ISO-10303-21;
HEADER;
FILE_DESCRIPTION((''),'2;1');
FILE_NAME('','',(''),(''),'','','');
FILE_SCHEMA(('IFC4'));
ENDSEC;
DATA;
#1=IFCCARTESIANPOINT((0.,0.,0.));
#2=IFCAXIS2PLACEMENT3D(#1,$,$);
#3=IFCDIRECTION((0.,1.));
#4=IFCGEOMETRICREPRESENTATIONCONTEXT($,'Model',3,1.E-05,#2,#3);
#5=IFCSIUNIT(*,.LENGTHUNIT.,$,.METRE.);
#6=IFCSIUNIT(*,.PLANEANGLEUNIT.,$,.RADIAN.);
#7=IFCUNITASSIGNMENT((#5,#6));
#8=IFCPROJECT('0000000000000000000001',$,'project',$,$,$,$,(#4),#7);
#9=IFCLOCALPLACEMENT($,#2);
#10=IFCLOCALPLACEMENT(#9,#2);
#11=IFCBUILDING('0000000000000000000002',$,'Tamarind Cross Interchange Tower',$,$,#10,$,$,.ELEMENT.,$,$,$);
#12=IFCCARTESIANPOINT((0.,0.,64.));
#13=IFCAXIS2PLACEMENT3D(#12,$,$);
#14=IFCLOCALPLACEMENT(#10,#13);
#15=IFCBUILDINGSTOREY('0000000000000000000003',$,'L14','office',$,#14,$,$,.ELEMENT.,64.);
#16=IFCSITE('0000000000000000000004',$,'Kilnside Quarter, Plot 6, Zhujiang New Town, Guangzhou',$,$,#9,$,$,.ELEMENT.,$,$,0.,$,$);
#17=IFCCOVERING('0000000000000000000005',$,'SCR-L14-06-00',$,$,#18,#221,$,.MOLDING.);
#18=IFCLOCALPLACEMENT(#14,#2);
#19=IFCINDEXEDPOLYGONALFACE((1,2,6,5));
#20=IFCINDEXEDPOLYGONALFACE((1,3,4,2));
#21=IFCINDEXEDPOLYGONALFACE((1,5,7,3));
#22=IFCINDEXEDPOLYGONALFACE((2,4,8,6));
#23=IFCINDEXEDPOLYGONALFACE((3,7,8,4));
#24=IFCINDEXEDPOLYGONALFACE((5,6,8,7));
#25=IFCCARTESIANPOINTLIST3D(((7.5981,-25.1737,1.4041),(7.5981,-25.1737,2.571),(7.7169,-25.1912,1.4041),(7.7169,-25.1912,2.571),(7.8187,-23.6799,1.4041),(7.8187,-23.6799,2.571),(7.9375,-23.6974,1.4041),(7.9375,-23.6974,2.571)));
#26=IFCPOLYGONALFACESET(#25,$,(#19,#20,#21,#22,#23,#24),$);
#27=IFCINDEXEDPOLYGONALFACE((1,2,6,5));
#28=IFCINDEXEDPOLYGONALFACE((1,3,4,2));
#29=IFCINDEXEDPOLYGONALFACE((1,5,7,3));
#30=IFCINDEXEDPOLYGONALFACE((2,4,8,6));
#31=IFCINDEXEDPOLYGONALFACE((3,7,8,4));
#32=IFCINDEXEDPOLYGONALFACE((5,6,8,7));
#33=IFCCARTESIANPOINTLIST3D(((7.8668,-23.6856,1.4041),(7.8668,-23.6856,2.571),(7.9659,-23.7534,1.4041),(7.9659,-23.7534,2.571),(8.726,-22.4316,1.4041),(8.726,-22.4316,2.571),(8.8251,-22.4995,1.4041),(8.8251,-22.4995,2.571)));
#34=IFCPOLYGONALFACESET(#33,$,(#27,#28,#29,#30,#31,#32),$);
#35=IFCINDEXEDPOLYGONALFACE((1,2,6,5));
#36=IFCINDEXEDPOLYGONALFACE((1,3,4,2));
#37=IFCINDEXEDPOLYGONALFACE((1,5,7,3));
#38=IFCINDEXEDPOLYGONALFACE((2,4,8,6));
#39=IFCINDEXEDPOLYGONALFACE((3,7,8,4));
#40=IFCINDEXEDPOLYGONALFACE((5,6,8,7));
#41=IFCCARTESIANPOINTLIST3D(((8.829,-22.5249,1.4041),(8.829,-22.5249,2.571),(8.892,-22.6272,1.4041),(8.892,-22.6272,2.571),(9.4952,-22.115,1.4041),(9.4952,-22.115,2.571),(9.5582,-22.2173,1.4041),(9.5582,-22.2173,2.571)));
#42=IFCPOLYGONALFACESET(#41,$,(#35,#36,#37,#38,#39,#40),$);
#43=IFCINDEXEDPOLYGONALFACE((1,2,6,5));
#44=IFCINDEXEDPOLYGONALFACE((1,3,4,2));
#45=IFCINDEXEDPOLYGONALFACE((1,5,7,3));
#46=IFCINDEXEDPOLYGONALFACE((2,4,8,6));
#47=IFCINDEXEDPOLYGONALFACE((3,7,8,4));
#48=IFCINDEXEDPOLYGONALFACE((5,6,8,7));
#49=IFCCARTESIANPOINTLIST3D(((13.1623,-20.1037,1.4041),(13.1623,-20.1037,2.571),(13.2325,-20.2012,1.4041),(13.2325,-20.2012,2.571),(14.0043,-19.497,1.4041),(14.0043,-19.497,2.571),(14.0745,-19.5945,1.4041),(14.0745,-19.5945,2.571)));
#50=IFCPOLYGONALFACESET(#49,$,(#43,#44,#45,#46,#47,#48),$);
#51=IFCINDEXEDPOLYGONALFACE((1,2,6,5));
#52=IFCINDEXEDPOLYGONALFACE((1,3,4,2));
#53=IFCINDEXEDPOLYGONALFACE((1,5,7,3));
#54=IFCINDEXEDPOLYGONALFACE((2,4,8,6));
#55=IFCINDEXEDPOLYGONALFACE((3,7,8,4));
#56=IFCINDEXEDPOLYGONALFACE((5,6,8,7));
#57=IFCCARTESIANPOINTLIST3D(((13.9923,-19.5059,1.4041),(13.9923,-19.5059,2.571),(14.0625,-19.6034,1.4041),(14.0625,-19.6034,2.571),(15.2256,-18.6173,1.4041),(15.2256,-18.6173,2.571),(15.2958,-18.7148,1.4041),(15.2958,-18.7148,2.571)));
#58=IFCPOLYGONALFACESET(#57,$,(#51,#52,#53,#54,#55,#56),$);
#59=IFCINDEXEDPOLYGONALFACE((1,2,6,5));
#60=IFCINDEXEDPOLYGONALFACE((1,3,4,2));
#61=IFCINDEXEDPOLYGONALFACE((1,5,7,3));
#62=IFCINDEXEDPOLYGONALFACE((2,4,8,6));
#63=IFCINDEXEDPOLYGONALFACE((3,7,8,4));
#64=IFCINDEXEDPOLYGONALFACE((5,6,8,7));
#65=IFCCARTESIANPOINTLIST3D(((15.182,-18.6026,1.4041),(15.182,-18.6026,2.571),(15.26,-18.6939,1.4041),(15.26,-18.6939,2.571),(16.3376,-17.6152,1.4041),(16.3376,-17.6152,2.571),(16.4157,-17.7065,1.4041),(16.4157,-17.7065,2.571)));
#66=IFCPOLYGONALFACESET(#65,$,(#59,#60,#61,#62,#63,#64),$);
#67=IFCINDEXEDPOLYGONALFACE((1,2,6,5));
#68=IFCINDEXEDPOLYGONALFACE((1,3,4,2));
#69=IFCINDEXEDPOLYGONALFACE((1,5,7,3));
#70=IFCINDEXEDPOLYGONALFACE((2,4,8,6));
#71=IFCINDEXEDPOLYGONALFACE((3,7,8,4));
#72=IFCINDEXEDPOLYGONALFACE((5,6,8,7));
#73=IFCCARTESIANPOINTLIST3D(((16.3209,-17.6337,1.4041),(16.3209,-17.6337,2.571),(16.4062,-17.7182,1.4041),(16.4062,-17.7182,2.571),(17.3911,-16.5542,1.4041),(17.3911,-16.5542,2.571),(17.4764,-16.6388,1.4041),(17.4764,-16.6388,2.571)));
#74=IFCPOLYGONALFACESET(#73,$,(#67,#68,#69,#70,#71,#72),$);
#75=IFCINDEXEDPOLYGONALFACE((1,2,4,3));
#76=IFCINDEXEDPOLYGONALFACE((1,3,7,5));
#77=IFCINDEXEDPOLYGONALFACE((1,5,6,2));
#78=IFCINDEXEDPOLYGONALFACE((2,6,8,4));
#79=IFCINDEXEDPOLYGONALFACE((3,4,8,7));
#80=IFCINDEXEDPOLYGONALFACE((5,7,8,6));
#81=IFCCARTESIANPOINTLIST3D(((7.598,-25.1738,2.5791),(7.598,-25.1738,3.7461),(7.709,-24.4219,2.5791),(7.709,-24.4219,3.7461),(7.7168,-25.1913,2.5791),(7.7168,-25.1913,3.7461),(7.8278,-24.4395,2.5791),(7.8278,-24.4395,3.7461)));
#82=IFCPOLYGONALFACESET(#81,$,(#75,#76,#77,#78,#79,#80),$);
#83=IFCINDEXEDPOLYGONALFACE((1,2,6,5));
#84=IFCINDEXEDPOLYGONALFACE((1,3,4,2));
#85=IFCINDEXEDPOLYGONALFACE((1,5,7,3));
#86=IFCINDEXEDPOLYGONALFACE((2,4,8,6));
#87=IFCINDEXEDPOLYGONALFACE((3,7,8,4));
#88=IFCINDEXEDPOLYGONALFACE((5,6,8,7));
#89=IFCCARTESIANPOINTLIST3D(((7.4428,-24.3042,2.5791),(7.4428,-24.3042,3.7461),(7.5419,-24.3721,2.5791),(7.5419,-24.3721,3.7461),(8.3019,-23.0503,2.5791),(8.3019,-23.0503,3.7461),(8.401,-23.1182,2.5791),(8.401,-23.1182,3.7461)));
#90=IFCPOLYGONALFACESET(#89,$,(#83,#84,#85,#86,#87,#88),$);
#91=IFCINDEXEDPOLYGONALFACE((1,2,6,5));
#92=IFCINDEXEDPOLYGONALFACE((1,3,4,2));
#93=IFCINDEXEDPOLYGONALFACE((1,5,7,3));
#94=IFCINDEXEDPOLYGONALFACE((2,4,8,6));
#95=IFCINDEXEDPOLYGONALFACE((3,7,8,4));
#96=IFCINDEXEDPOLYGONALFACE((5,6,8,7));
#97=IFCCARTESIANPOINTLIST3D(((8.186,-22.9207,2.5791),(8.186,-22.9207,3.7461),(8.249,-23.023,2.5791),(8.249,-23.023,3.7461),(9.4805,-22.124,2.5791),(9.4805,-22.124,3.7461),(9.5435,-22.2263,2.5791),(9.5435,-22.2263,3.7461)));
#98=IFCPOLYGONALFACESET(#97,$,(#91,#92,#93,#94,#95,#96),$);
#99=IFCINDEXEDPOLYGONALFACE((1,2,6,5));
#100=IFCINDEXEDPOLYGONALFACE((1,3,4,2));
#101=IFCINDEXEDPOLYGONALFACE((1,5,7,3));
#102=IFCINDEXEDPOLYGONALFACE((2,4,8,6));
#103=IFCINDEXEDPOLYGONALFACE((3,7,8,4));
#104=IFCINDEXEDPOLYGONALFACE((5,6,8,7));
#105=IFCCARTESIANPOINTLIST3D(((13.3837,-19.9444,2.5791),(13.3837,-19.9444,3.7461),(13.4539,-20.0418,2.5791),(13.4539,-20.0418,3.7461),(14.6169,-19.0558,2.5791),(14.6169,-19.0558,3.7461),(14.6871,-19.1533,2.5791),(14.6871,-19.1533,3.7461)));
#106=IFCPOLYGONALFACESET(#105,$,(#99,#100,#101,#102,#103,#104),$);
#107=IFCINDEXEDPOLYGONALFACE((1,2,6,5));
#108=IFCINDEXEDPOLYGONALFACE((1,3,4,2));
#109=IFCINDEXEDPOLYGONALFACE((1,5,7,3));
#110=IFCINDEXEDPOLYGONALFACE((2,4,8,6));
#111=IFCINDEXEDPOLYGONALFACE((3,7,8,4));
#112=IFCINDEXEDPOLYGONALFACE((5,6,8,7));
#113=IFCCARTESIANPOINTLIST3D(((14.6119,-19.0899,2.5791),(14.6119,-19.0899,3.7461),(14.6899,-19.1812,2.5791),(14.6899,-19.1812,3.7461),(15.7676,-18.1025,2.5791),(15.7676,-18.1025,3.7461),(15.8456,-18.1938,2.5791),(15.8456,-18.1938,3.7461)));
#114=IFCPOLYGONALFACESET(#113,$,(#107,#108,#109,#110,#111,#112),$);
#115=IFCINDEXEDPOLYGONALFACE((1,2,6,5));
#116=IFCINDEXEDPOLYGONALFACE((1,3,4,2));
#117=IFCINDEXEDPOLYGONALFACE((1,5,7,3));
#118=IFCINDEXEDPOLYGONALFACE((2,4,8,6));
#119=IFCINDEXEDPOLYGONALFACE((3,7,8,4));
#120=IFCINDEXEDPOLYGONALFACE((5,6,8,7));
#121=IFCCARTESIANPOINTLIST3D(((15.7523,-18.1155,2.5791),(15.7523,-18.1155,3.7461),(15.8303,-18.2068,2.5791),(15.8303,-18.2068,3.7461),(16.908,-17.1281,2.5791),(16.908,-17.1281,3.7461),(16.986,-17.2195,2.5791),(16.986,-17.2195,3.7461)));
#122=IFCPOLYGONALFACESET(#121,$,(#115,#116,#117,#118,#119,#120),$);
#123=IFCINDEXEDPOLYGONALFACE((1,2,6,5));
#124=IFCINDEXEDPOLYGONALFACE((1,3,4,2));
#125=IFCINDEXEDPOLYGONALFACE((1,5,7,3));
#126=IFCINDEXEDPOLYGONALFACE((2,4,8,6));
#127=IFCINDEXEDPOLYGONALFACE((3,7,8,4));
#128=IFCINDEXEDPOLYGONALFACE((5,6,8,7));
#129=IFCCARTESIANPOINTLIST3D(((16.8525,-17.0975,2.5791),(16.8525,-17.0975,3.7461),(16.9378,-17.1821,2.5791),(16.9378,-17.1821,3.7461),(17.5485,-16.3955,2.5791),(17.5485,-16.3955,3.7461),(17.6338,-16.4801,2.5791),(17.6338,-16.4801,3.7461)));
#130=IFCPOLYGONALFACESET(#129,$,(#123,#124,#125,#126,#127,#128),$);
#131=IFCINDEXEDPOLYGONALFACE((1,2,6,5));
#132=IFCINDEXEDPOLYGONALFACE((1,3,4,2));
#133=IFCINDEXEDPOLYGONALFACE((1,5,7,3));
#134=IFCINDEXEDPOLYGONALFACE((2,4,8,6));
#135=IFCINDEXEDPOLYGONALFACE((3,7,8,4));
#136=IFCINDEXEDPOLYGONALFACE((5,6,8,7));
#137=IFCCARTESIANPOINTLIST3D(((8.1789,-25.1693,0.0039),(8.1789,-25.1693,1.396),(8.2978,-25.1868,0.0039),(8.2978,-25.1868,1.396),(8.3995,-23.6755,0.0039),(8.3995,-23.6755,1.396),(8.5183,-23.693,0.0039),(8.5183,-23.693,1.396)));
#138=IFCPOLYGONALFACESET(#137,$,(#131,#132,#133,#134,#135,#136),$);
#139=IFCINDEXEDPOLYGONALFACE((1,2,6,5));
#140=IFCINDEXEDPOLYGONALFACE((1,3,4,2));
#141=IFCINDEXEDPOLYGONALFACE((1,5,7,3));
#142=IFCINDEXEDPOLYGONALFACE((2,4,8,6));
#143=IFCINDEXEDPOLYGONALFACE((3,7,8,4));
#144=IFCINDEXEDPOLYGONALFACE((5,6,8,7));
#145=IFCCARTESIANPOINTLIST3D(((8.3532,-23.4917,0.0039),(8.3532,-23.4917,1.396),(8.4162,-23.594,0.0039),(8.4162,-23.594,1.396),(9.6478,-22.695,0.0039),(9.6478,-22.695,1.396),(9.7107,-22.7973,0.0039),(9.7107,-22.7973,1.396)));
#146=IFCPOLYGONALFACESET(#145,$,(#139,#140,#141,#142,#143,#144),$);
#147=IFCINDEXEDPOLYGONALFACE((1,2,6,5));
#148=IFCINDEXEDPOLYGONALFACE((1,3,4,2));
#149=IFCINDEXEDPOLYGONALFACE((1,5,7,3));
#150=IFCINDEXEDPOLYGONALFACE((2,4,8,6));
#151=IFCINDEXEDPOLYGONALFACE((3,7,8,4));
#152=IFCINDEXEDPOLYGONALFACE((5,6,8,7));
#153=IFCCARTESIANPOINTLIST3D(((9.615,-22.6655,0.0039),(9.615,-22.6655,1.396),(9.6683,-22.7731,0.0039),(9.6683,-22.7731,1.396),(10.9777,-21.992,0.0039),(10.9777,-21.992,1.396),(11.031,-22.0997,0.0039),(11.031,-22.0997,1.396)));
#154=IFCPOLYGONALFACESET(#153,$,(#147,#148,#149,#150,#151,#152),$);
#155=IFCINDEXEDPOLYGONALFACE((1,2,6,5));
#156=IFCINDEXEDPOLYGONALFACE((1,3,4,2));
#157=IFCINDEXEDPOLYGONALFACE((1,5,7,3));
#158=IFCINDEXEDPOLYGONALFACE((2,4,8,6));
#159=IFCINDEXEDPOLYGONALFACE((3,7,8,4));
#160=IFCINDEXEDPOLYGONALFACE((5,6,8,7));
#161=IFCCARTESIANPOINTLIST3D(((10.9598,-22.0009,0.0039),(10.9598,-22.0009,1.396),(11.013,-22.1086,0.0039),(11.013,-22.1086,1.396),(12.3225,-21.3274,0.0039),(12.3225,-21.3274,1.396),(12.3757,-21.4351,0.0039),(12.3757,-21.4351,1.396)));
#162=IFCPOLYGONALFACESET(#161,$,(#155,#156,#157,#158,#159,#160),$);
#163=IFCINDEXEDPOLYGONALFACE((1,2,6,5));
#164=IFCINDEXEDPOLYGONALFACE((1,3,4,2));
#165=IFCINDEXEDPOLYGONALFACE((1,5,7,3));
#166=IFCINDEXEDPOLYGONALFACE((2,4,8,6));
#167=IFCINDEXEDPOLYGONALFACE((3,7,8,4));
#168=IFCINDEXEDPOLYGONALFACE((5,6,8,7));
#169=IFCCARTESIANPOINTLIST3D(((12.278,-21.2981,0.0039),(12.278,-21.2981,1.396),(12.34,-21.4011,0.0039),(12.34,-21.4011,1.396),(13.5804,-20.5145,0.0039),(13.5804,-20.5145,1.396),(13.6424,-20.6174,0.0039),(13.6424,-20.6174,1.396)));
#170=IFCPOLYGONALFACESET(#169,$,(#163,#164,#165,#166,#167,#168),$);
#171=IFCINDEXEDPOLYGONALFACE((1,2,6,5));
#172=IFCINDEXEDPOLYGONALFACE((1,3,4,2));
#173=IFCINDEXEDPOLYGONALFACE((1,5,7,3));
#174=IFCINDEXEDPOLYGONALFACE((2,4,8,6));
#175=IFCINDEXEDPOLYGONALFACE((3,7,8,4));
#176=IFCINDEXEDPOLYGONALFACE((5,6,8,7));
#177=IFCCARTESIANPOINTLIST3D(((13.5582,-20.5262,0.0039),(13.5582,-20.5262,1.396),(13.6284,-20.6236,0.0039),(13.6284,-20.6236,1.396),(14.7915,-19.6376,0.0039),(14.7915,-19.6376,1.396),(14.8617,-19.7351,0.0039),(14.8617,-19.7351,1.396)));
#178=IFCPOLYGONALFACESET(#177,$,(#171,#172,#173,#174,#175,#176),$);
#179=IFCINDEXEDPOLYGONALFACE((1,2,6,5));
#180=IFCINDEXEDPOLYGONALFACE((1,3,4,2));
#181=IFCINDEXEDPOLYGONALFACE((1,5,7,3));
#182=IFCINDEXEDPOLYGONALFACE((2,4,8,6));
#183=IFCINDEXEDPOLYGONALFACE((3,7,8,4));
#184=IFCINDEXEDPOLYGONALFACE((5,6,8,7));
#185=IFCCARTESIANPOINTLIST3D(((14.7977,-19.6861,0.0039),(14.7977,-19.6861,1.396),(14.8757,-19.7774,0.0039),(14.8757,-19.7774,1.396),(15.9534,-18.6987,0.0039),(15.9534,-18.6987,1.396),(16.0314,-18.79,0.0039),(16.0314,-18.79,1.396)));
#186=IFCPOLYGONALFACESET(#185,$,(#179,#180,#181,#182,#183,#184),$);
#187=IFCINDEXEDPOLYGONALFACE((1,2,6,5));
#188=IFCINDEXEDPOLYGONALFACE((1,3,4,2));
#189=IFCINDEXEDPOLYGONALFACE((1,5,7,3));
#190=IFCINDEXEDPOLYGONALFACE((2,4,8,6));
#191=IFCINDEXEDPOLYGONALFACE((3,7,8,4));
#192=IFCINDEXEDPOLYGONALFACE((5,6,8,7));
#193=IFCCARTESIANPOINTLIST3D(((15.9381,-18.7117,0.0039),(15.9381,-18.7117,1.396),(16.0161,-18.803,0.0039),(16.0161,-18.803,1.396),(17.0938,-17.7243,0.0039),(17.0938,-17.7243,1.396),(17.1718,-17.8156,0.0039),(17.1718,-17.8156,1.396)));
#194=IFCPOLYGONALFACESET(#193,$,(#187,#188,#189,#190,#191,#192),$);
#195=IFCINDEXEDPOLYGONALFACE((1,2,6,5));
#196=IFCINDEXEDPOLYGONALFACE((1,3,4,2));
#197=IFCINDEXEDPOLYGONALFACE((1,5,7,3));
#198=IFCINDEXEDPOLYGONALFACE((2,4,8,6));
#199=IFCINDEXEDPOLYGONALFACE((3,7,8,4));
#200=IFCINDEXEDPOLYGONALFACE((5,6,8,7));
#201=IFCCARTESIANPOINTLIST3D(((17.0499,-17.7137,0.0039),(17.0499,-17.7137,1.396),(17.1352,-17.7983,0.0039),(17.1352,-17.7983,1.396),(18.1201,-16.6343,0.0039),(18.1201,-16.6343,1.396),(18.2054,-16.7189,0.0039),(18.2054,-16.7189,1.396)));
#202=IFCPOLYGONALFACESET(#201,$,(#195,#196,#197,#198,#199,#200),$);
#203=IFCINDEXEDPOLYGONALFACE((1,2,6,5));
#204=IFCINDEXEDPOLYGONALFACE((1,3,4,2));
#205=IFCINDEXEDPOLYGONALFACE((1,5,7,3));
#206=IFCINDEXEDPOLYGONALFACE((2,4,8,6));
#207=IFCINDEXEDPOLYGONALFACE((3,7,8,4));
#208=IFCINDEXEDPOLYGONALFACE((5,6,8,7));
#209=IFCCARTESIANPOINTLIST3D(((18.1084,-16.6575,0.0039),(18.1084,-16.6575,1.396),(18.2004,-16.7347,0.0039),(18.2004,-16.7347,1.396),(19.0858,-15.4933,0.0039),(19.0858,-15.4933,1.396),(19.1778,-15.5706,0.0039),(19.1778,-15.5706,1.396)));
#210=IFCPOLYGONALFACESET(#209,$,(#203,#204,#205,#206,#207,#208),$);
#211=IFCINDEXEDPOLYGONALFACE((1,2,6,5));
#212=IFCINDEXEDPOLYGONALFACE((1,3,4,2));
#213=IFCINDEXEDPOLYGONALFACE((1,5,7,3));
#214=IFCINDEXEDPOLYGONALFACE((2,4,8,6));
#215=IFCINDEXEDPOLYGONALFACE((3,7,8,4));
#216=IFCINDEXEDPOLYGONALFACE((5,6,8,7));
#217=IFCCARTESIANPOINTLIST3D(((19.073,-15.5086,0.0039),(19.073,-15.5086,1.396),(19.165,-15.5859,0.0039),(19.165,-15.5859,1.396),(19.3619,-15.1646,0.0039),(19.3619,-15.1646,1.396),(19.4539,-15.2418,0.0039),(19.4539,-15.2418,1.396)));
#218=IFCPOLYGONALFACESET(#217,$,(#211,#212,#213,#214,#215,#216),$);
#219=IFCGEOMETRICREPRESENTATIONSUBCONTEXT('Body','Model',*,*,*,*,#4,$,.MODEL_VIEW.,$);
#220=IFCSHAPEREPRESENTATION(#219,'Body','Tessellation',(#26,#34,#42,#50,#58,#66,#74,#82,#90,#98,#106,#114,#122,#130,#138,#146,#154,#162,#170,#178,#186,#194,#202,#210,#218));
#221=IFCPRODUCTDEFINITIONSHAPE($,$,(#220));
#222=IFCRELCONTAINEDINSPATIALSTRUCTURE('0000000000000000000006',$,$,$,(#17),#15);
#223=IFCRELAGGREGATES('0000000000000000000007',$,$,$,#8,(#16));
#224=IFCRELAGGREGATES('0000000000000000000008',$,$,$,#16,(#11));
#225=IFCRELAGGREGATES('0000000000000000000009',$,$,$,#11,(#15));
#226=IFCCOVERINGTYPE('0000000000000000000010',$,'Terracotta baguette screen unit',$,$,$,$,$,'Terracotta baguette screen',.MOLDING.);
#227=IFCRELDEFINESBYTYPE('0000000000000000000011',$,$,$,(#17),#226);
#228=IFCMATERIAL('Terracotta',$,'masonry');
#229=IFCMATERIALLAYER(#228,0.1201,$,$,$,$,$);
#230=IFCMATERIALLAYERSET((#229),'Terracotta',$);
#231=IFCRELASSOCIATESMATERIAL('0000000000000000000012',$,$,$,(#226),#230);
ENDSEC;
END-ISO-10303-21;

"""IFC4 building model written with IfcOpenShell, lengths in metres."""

from ifc_helpers import new_model, si_unit, direction, frame, origin, origin_2d, place, context, subcontext, project, spatial, rectangle, extrude, material, layer, layer_set, type_object, element, save


model = new_model("IFC4")

# Units and contexts
model_context = context("Model", 3, precision=1e-05, world=origin(), true_north=direction((0.0, 1.0)))
body_context = subcontext(model_context, "Body", "Model", "MODEL_VIEW")
ifc_project = project(units=[si_unit("LENGTHUNIT", "METRE"), si_unit("PLANEANGLEUNIT", "RADIAN")], contexts=[model_context])

# Site, building, storey
site_placement = place(None, origin())
site = spatial("IfcSite", under=ifc_project, at=site_placement, Name="Kilnside Quarter, Plot 6, Zhujiang New Town, Guangzhou", CompositionType="ELEMENT", RefElevation=0.0)
building_placement = place(site_placement, origin())
building = spatial("IfcBuilding", under=site, at=building_placement, Name="Tamarind Cross Interchange Tower", CompositionType="ELEMENT")
storey_placement = place(building_placement, frame((0.0, 0.0, 64.0)))
storey = spatial("IfcBuildingStorey", under=building, at=storey_placement, Name="L14", Description="office", CompositionType="ELEMENT", Elevation=64.0)

# Covering
ifc_material_1 = material(Name="Terracotta", Category="masonry")
ifc_layer_1 = layer(ifc_material_1, 0.1201)
ifc_layer_set_1 = layer_set([ifc_layer_1], Name="Terracotta")
covering_type = type_object("IfcCoveringType", Name="Terracotta baguette screen unit", ElementType="Terracotta baguette screen", PredefinedType="MOLDING", material=ifc_layer_set_1)
covering_1_placement = place(storey_placement, origin())
element("IfcCovering", 1, at=covering_1_placement, inside=storey, type_object=covering_type, Name="SCR-L14-06-00", PredefinedType="MOLDING", context=body_context, shape_type="SweptSolid", body=[
    extrude(rectangle(XDim=1.51, YDim=0.1201, at=origin_2d()), frame((7.7678, -24.4355, 1.4041), z_axis=(0.0, 0.0, 1.0), x_axis=(0.14608, 0.989273, 0.0)), (0.0, 0.0, 1.0), 1.167),
    extrude(rectangle(XDim=1.52, YDim=0.1201, at=origin_2d()), frame((8.3459, -23.0925, 1.4041), z_axis=(0.0, 0.0, 1.0), x_axis=(0.565209, 0.824948, 0.0)), (0.0, 0.0, 1.0), 1.167),
    extrude(rectangle(XDim=0.7822, YDim=0.1201, at=origin_2d()), frame((9.1936, -22.3711, 1.4041), z_axis=(0.0, 0.0, 1.0), x_axis=(0.851645, 0.524119, 0.0)), (0.0, 0.0, 1.0), 1.167),
    extrude(rectangle(XDim=1.0378, YDim=0.1201, at=origin_2d()), frame((13.6184, -19.8491, 1.4041), z_axis=(0.0, 0.0, 1.0), x_axis=(0.81134, 0.584574, 0.0)), (0.0, 0.0, 1.0), 1.167),
    extrude(rectangle(XDim=1.52, YDim=0.1201, at=origin_2d()), frame((14.644, -19.1104, 1.4041), z_axis=(0.0, 0.0, 1.0), x_axis=(0.81134, 0.584574, 0.0)), (0.0, 0.0, 1.0), 1.167),
    extrude(rectangle(XDim=1.52, YDim=0.1201, at=origin_2d()), frame((15.7988, -18.1545, 1.4041), z_axis=(0.0, 0.0, 1.0), x_axis=(0.760296, 0.649577, 0.0)), (0.0, 0.0, 1.0), 1.167),
    extrude(rectangle(XDim=1.52, YDim=0.1201, at=origin_2d()), frame((16.8987, -17.1362, 1.4041), z_axis=(0.0, 0.0, 1.0), x_axis=(0.704057, 0.710143, 0.0)), (0.0, 0.0, 1.0), 1.167),
    extrude(rectangle(XDim=0.76, YDim=0.1201, at=origin_2d()), frame((7.7129, -24.8066, 2.5791), z_axis=(0.0, 0.0, 1.0), x_axis=(0.14608, 0.989273, 0.0)), (0.0, 0.0, 1.0), 1.167),
    extrude(rectangle(XDim=1.52, YDim=0.1201, at=origin_2d()), frame((7.9219, -23.7112, 2.5791), z_axis=(0.0, 0.0, 1.0), x_axis=(0.565209, 0.824948, 0.0)), (0.0, 0.0, 1.0), 1.167),
    extrude(rectangle(XDim=1.52, YDim=0.1201, at=origin_2d()), frame((8.8647, -22.5735, 2.5791), z_axis=(0.0, 0.0, 1.0), x_axis=(0.851645, 0.524119, 0.0)), (0.0, 0.0, 1.0), 1.167),
    extrude(rectangle(XDim=1.52, YDim=0.1201, at=origin_2d()), frame((14.0354, -19.5488, 2.5791), z_axis=(0.0, 0.0, 1.0), x_axis=(0.81134, 0.584574, 0.0)), (0.0, 0.0, 1.0), 1.167),
    extrude(rectangle(XDim=1.52, YDim=0.1201, at=origin_2d()), frame((15.2288, -18.6418, 2.5791), z_axis=(0.0, 0.0, 1.0), x_axis=(0.760296, 0.649577, 0.0)), (0.0, 0.0, 1.0), 1.167),
    extrude(rectangle(XDim=1.52, YDim=0.1201, at=origin_2d()), frame((16.3691, -17.6675, 2.5791), z_axis=(0.0, 0.0, 1.0), x_axis=(0.760296, 0.649577, 0.0)), (0.0, 0.0, 1.0), 1.167),
    extrude(rectangle(XDim=0.9885, YDim=0.1201, at=origin_2d()), frame((17.2432, -16.7888, 2.5791), z_axis=(0.0, 0.0, 1.0), x_axis=(0.704057, 0.710143, 0.0)), (0.0, 0.0, 1.0), 1.167),
    extrude(rectangle(XDim=1.51, YDim=0.1201, at=origin_2d()), frame((8.3486, -24.4312, 0.0039), z_axis=(0.0, 0.0, 1.0), x_axis=(0.14608, 0.989273, 0.0)), (0.0, 0.0, 1.0), 1.3921),
    extrude(rectangle(XDim=1.52, YDim=0.1201, at=origin_2d()), frame((9.032, -23.1445, 0.0039), z_axis=(0.0, 0.0, 1.0), x_axis=(0.851645, 0.524119, 0.0)), (0.0, 0.0, 1.0), 1.3921),
    extrude(rectangle(XDim=1.52, YDim=0.1201, at=origin_2d()), frame((10.323, -22.3826, 0.0039), z_axis=(0.0, 0.0, 1.0), x_axis=(0.896493, 0.443059, 0.0)), (0.0, 0.0, 1.0), 1.3921),
    extrude(rectangle(XDim=1.52, YDim=0.1201, at=origin_2d()), frame((11.6677, -21.718, 0.0039), z_axis=(0.0, 0.0, 1.0), x_axis=(0.896493, 0.443059, 0.0)), (0.0, 0.0, 1.0), 1.3921),
    extrude(rectangle(XDim=1.52, YDim=0.1201, at=origin_2d()), frame((12.9602, -20.9578, 0.0039), z_axis=(0.0, 0.0, 1.0), x_axis=(0.856843, 0.515577, 0.0)), (0.0, 0.0, 1.0), 1.3921),
    extrude(rectangle(XDim=1.52, YDim=0.1201, at=origin_2d()), frame((14.21, -20.1306, 0.0039), z_axis=(0.0, 0.0, 1.0), x_axis=(0.81134, 0.584574, 0.0)), (0.0, 0.0, 1.0), 1.3921),
    extrude(rectangle(XDim=1.52, YDim=0.1201, at=origin_2d()), frame((15.4146, -19.238, 0.0039), z_axis=(0.0, 0.0, 1.0), x_axis=(0.760296, 0.649577, 0.0)), (0.0, 0.0, 1.0), 1.3921),
    extrude(rectangle(XDim=1.52, YDim=0.1201, at=origin_2d()), frame((16.5549, -18.2637, 0.0039), z_axis=(0.0, 0.0, 1.0), x_axis=(0.760296, 0.649577, 0.0)), (0.0, 0.0, 1.0), 1.3921),
    extrude(rectangle(XDim=1.52, YDim=0.1201, at=origin_2d()), frame((17.6277, -17.2163, 0.0039), z_axis=(0.0, 0.0, 1.0), x_axis=(0.704057, 0.710143, 0.0)), (0.0, 0.0, 1.0), 1.3921),
    extrude(rectangle(XDim=1.52, YDim=0.1201, at=origin_2d()), frame((18.6431, -16.114, 0.0039), z_axis=(0.0, 0.0, 1.0), x_axis=(0.643009, 0.765858, 0.0)), (0.0, 0.0, 1.0), 1.3921),
    extrude(rectangle(XDim=0.4492, YDim=0.1201, at=origin_2d()), frame((19.2634, -15.3752, 0.0039), z_axis=(0.0, 0.0, 1.0), x_axis=(0.643009, 0.765858, 0.0)), (0.0, 0.0, 1.0), 1.3921),
])

save(model, "model.ifc")
